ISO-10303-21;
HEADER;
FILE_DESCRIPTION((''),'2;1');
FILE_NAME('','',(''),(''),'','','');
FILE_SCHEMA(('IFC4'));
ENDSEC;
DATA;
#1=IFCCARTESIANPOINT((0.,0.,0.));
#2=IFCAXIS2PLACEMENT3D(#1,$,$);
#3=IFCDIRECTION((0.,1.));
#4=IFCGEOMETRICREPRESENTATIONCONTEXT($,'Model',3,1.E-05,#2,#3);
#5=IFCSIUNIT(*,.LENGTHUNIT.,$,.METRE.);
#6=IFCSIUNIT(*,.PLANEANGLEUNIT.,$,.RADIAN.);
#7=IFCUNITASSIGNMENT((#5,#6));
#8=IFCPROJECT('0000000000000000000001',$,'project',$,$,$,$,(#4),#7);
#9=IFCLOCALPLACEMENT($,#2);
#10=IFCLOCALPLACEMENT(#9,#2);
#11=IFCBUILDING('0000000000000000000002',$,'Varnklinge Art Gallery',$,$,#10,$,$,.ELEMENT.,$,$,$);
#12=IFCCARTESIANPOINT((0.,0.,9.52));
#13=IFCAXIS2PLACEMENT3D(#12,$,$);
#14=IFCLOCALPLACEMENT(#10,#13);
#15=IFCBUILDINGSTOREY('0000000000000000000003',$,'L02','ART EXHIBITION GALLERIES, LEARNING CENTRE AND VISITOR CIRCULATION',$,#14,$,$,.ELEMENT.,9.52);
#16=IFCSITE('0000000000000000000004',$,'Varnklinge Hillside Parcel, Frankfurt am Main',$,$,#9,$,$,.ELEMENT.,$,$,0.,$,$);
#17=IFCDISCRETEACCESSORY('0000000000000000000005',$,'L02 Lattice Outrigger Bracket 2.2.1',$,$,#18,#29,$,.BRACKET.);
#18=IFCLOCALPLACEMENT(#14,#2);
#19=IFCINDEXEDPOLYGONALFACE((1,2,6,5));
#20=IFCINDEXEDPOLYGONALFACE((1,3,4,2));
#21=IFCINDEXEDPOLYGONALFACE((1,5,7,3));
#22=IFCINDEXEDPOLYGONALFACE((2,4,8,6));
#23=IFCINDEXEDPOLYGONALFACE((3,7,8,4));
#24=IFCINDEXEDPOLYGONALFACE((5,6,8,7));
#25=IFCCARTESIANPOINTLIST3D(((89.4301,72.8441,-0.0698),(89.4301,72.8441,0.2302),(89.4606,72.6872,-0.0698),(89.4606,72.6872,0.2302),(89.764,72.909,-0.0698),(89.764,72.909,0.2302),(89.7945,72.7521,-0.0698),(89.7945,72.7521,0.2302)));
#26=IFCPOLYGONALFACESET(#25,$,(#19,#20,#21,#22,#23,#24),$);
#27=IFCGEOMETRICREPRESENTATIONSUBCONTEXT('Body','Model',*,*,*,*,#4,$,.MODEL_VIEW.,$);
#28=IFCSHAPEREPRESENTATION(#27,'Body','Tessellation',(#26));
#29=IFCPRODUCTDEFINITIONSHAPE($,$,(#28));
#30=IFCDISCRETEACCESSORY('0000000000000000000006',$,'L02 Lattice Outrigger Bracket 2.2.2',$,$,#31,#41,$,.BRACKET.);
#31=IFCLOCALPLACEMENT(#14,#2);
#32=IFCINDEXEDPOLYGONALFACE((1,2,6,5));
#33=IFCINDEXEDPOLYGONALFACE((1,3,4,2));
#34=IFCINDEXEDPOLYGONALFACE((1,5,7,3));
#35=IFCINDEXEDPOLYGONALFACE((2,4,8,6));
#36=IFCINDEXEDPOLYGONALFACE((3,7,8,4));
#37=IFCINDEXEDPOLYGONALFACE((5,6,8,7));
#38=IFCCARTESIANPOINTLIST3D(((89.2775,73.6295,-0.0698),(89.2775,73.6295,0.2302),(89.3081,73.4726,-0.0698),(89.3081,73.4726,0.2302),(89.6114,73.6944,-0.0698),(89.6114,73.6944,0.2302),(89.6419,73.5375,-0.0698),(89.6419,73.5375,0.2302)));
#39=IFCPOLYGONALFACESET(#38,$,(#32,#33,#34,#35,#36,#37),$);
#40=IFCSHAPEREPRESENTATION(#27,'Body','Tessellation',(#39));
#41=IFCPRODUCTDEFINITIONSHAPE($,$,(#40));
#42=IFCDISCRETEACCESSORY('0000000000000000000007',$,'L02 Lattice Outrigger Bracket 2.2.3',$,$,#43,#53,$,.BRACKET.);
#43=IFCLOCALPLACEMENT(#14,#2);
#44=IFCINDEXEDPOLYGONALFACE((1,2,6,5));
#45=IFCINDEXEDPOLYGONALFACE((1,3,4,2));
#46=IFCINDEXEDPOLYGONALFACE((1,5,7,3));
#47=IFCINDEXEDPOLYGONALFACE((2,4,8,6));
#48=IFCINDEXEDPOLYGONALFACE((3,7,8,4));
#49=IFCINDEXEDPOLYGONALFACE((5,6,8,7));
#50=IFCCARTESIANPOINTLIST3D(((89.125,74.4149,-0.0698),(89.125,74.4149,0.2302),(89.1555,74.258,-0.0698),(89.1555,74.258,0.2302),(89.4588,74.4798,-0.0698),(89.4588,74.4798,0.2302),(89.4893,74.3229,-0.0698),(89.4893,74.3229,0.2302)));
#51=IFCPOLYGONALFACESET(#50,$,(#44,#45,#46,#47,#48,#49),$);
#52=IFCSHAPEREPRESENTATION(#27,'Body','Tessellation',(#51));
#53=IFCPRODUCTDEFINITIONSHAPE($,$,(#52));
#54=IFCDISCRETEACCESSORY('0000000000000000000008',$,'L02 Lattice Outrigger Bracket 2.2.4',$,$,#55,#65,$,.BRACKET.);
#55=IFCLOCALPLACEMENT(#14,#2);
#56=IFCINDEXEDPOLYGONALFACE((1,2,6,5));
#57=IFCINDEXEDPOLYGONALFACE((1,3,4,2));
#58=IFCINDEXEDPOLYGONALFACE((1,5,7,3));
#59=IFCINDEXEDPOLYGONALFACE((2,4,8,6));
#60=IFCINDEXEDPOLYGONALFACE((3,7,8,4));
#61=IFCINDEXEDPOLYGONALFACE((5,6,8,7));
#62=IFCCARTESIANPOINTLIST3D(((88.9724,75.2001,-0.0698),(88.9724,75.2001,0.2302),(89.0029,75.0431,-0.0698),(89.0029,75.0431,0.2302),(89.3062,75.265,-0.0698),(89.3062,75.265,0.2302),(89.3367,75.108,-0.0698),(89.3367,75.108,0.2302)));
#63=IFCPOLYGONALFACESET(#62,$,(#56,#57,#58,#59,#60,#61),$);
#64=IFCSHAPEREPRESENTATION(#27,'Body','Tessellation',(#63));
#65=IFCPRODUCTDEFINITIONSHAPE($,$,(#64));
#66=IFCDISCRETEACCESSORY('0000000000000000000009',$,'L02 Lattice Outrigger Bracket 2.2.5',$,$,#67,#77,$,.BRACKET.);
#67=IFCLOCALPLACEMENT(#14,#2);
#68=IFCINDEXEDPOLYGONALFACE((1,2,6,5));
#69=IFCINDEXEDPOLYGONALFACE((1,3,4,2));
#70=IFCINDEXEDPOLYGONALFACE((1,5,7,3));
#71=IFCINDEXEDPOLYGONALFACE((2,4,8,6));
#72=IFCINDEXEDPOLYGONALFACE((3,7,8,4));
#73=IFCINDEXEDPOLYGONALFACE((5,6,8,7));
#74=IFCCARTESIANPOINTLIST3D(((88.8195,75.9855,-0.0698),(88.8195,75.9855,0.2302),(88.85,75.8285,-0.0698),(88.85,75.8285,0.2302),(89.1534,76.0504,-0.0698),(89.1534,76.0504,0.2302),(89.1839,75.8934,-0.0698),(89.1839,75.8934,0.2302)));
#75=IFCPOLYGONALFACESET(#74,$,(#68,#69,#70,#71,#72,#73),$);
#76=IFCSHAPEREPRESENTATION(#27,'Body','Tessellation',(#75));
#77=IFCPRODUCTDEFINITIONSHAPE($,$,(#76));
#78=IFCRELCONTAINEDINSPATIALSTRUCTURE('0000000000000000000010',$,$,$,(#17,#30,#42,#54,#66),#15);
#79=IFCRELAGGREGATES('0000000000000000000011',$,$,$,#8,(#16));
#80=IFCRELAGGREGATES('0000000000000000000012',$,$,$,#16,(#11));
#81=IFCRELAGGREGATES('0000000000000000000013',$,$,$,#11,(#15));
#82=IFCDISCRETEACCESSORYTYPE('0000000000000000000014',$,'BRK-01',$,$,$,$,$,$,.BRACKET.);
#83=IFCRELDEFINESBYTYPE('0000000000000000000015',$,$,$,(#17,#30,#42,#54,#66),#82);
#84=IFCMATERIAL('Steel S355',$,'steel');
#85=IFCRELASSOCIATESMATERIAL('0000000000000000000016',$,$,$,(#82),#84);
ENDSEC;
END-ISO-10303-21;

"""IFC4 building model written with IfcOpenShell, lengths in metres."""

from ifc_helpers import new_model, si_unit, direction, frame, origin, origin_2d, place, context, subcontext, project, spatial, rectangle, extrude, material, type_object, element, save


model = new_model("IFC4")

# Units and contexts
model_context = context("Model", 3, precision=1e-05, world=origin(), true_north=direction((0.0, 1.0)))
body_context = subcontext(model_context, "Body", "Model", "MODEL_VIEW")
ifc_project = project(units=[si_unit("LENGTHUNIT", "METRE"), si_unit("PLANEANGLEUNIT", "RADIAN")], contexts=[model_context])

# Site, building, storey
site_placement = place(None, origin())
site = spatial("IfcSite", under=ifc_project, at=site_placement, Name="Varnklinge Hillside Parcel, Frankfurt am Main", CompositionType="ELEMENT", RefElevation=0.0)
building_placement = place(site_placement, origin())
building = spatial("IfcBuilding", under=site, at=building_placement, Name="Varnklinge Art Gallery", CompositionType="ELEMENT")
storey_placement = place(building_placement, frame((0.0, 0.0, 9.52)))
storey = spatial("IfcBuildingStorey", under=building, at=storey_placement, Name="L02", Description="ART EXHIBITION GALLERIES, LEARNING CENTRE AND VISITOR CIRCULATION", CompositionType="ELEMENT", Elevation=9.52)

# Discrete accessories
ifc_material_1 = material(Name="Steel S355", Category="steel")
discrete_accessory_type = type_object("IfcDiscreteAccessoryType", Name="BRK-01", PredefinedType="BRACKET", material=ifc_material_1)
for number, where, z_axis, x_axis, name in (
    (1, (89.6123, 72.7981, -0.0698), (0.0, 0.0, 1.0), (-0.190809, 0.981627, 0.0), "L02 Lattice Outrigger Bracket 2.2.1"),
    (2, (89.4597, 73.5835, -0.0698), (0.0, 0.0, 1.0), (-0.190809, 0.981627, 0.0), "L02 Lattice Outrigger Bracket 2.2.2"),
    (3, (89.3071, 74.3689, -0.0698), (0.0, 0.0, 1.0), (-0.190809, 0.981627, 0.0), "L02 Lattice Outrigger Bracket 2.2.3"),
    (4, (89.1545, 75.1541, -0.0698), (0.0, 0.0, 1.0), (-0.190809, 0.981627, 0.0), "L02 Lattice Outrigger Bracket 2.2.4"),
    (5, (89.0017, 75.9395, -0.0698), (0.0, 0.0, 1.0), (-0.190809, 0.981627, 0.0), "L02 Lattice Outrigger Bracket 2.2.5"),
):
    element("IfcDiscreteAccessory", number, at=place(storey_placement, frame(where, z_axis=z_axis, x_axis=x_axis)), inside=storey, type_object=discrete_accessory_type, Name=name, PredefinedType="BRACKET", context=body_context, shape_type="SweptSolid", body=[
        extrude(rectangle(XDim=0.1599, YDim=0.3401, at=origin_2d()), origin(), (0.0, 0.0, 1.0), 0.3),
    ])

save(model, "model.ifc")
